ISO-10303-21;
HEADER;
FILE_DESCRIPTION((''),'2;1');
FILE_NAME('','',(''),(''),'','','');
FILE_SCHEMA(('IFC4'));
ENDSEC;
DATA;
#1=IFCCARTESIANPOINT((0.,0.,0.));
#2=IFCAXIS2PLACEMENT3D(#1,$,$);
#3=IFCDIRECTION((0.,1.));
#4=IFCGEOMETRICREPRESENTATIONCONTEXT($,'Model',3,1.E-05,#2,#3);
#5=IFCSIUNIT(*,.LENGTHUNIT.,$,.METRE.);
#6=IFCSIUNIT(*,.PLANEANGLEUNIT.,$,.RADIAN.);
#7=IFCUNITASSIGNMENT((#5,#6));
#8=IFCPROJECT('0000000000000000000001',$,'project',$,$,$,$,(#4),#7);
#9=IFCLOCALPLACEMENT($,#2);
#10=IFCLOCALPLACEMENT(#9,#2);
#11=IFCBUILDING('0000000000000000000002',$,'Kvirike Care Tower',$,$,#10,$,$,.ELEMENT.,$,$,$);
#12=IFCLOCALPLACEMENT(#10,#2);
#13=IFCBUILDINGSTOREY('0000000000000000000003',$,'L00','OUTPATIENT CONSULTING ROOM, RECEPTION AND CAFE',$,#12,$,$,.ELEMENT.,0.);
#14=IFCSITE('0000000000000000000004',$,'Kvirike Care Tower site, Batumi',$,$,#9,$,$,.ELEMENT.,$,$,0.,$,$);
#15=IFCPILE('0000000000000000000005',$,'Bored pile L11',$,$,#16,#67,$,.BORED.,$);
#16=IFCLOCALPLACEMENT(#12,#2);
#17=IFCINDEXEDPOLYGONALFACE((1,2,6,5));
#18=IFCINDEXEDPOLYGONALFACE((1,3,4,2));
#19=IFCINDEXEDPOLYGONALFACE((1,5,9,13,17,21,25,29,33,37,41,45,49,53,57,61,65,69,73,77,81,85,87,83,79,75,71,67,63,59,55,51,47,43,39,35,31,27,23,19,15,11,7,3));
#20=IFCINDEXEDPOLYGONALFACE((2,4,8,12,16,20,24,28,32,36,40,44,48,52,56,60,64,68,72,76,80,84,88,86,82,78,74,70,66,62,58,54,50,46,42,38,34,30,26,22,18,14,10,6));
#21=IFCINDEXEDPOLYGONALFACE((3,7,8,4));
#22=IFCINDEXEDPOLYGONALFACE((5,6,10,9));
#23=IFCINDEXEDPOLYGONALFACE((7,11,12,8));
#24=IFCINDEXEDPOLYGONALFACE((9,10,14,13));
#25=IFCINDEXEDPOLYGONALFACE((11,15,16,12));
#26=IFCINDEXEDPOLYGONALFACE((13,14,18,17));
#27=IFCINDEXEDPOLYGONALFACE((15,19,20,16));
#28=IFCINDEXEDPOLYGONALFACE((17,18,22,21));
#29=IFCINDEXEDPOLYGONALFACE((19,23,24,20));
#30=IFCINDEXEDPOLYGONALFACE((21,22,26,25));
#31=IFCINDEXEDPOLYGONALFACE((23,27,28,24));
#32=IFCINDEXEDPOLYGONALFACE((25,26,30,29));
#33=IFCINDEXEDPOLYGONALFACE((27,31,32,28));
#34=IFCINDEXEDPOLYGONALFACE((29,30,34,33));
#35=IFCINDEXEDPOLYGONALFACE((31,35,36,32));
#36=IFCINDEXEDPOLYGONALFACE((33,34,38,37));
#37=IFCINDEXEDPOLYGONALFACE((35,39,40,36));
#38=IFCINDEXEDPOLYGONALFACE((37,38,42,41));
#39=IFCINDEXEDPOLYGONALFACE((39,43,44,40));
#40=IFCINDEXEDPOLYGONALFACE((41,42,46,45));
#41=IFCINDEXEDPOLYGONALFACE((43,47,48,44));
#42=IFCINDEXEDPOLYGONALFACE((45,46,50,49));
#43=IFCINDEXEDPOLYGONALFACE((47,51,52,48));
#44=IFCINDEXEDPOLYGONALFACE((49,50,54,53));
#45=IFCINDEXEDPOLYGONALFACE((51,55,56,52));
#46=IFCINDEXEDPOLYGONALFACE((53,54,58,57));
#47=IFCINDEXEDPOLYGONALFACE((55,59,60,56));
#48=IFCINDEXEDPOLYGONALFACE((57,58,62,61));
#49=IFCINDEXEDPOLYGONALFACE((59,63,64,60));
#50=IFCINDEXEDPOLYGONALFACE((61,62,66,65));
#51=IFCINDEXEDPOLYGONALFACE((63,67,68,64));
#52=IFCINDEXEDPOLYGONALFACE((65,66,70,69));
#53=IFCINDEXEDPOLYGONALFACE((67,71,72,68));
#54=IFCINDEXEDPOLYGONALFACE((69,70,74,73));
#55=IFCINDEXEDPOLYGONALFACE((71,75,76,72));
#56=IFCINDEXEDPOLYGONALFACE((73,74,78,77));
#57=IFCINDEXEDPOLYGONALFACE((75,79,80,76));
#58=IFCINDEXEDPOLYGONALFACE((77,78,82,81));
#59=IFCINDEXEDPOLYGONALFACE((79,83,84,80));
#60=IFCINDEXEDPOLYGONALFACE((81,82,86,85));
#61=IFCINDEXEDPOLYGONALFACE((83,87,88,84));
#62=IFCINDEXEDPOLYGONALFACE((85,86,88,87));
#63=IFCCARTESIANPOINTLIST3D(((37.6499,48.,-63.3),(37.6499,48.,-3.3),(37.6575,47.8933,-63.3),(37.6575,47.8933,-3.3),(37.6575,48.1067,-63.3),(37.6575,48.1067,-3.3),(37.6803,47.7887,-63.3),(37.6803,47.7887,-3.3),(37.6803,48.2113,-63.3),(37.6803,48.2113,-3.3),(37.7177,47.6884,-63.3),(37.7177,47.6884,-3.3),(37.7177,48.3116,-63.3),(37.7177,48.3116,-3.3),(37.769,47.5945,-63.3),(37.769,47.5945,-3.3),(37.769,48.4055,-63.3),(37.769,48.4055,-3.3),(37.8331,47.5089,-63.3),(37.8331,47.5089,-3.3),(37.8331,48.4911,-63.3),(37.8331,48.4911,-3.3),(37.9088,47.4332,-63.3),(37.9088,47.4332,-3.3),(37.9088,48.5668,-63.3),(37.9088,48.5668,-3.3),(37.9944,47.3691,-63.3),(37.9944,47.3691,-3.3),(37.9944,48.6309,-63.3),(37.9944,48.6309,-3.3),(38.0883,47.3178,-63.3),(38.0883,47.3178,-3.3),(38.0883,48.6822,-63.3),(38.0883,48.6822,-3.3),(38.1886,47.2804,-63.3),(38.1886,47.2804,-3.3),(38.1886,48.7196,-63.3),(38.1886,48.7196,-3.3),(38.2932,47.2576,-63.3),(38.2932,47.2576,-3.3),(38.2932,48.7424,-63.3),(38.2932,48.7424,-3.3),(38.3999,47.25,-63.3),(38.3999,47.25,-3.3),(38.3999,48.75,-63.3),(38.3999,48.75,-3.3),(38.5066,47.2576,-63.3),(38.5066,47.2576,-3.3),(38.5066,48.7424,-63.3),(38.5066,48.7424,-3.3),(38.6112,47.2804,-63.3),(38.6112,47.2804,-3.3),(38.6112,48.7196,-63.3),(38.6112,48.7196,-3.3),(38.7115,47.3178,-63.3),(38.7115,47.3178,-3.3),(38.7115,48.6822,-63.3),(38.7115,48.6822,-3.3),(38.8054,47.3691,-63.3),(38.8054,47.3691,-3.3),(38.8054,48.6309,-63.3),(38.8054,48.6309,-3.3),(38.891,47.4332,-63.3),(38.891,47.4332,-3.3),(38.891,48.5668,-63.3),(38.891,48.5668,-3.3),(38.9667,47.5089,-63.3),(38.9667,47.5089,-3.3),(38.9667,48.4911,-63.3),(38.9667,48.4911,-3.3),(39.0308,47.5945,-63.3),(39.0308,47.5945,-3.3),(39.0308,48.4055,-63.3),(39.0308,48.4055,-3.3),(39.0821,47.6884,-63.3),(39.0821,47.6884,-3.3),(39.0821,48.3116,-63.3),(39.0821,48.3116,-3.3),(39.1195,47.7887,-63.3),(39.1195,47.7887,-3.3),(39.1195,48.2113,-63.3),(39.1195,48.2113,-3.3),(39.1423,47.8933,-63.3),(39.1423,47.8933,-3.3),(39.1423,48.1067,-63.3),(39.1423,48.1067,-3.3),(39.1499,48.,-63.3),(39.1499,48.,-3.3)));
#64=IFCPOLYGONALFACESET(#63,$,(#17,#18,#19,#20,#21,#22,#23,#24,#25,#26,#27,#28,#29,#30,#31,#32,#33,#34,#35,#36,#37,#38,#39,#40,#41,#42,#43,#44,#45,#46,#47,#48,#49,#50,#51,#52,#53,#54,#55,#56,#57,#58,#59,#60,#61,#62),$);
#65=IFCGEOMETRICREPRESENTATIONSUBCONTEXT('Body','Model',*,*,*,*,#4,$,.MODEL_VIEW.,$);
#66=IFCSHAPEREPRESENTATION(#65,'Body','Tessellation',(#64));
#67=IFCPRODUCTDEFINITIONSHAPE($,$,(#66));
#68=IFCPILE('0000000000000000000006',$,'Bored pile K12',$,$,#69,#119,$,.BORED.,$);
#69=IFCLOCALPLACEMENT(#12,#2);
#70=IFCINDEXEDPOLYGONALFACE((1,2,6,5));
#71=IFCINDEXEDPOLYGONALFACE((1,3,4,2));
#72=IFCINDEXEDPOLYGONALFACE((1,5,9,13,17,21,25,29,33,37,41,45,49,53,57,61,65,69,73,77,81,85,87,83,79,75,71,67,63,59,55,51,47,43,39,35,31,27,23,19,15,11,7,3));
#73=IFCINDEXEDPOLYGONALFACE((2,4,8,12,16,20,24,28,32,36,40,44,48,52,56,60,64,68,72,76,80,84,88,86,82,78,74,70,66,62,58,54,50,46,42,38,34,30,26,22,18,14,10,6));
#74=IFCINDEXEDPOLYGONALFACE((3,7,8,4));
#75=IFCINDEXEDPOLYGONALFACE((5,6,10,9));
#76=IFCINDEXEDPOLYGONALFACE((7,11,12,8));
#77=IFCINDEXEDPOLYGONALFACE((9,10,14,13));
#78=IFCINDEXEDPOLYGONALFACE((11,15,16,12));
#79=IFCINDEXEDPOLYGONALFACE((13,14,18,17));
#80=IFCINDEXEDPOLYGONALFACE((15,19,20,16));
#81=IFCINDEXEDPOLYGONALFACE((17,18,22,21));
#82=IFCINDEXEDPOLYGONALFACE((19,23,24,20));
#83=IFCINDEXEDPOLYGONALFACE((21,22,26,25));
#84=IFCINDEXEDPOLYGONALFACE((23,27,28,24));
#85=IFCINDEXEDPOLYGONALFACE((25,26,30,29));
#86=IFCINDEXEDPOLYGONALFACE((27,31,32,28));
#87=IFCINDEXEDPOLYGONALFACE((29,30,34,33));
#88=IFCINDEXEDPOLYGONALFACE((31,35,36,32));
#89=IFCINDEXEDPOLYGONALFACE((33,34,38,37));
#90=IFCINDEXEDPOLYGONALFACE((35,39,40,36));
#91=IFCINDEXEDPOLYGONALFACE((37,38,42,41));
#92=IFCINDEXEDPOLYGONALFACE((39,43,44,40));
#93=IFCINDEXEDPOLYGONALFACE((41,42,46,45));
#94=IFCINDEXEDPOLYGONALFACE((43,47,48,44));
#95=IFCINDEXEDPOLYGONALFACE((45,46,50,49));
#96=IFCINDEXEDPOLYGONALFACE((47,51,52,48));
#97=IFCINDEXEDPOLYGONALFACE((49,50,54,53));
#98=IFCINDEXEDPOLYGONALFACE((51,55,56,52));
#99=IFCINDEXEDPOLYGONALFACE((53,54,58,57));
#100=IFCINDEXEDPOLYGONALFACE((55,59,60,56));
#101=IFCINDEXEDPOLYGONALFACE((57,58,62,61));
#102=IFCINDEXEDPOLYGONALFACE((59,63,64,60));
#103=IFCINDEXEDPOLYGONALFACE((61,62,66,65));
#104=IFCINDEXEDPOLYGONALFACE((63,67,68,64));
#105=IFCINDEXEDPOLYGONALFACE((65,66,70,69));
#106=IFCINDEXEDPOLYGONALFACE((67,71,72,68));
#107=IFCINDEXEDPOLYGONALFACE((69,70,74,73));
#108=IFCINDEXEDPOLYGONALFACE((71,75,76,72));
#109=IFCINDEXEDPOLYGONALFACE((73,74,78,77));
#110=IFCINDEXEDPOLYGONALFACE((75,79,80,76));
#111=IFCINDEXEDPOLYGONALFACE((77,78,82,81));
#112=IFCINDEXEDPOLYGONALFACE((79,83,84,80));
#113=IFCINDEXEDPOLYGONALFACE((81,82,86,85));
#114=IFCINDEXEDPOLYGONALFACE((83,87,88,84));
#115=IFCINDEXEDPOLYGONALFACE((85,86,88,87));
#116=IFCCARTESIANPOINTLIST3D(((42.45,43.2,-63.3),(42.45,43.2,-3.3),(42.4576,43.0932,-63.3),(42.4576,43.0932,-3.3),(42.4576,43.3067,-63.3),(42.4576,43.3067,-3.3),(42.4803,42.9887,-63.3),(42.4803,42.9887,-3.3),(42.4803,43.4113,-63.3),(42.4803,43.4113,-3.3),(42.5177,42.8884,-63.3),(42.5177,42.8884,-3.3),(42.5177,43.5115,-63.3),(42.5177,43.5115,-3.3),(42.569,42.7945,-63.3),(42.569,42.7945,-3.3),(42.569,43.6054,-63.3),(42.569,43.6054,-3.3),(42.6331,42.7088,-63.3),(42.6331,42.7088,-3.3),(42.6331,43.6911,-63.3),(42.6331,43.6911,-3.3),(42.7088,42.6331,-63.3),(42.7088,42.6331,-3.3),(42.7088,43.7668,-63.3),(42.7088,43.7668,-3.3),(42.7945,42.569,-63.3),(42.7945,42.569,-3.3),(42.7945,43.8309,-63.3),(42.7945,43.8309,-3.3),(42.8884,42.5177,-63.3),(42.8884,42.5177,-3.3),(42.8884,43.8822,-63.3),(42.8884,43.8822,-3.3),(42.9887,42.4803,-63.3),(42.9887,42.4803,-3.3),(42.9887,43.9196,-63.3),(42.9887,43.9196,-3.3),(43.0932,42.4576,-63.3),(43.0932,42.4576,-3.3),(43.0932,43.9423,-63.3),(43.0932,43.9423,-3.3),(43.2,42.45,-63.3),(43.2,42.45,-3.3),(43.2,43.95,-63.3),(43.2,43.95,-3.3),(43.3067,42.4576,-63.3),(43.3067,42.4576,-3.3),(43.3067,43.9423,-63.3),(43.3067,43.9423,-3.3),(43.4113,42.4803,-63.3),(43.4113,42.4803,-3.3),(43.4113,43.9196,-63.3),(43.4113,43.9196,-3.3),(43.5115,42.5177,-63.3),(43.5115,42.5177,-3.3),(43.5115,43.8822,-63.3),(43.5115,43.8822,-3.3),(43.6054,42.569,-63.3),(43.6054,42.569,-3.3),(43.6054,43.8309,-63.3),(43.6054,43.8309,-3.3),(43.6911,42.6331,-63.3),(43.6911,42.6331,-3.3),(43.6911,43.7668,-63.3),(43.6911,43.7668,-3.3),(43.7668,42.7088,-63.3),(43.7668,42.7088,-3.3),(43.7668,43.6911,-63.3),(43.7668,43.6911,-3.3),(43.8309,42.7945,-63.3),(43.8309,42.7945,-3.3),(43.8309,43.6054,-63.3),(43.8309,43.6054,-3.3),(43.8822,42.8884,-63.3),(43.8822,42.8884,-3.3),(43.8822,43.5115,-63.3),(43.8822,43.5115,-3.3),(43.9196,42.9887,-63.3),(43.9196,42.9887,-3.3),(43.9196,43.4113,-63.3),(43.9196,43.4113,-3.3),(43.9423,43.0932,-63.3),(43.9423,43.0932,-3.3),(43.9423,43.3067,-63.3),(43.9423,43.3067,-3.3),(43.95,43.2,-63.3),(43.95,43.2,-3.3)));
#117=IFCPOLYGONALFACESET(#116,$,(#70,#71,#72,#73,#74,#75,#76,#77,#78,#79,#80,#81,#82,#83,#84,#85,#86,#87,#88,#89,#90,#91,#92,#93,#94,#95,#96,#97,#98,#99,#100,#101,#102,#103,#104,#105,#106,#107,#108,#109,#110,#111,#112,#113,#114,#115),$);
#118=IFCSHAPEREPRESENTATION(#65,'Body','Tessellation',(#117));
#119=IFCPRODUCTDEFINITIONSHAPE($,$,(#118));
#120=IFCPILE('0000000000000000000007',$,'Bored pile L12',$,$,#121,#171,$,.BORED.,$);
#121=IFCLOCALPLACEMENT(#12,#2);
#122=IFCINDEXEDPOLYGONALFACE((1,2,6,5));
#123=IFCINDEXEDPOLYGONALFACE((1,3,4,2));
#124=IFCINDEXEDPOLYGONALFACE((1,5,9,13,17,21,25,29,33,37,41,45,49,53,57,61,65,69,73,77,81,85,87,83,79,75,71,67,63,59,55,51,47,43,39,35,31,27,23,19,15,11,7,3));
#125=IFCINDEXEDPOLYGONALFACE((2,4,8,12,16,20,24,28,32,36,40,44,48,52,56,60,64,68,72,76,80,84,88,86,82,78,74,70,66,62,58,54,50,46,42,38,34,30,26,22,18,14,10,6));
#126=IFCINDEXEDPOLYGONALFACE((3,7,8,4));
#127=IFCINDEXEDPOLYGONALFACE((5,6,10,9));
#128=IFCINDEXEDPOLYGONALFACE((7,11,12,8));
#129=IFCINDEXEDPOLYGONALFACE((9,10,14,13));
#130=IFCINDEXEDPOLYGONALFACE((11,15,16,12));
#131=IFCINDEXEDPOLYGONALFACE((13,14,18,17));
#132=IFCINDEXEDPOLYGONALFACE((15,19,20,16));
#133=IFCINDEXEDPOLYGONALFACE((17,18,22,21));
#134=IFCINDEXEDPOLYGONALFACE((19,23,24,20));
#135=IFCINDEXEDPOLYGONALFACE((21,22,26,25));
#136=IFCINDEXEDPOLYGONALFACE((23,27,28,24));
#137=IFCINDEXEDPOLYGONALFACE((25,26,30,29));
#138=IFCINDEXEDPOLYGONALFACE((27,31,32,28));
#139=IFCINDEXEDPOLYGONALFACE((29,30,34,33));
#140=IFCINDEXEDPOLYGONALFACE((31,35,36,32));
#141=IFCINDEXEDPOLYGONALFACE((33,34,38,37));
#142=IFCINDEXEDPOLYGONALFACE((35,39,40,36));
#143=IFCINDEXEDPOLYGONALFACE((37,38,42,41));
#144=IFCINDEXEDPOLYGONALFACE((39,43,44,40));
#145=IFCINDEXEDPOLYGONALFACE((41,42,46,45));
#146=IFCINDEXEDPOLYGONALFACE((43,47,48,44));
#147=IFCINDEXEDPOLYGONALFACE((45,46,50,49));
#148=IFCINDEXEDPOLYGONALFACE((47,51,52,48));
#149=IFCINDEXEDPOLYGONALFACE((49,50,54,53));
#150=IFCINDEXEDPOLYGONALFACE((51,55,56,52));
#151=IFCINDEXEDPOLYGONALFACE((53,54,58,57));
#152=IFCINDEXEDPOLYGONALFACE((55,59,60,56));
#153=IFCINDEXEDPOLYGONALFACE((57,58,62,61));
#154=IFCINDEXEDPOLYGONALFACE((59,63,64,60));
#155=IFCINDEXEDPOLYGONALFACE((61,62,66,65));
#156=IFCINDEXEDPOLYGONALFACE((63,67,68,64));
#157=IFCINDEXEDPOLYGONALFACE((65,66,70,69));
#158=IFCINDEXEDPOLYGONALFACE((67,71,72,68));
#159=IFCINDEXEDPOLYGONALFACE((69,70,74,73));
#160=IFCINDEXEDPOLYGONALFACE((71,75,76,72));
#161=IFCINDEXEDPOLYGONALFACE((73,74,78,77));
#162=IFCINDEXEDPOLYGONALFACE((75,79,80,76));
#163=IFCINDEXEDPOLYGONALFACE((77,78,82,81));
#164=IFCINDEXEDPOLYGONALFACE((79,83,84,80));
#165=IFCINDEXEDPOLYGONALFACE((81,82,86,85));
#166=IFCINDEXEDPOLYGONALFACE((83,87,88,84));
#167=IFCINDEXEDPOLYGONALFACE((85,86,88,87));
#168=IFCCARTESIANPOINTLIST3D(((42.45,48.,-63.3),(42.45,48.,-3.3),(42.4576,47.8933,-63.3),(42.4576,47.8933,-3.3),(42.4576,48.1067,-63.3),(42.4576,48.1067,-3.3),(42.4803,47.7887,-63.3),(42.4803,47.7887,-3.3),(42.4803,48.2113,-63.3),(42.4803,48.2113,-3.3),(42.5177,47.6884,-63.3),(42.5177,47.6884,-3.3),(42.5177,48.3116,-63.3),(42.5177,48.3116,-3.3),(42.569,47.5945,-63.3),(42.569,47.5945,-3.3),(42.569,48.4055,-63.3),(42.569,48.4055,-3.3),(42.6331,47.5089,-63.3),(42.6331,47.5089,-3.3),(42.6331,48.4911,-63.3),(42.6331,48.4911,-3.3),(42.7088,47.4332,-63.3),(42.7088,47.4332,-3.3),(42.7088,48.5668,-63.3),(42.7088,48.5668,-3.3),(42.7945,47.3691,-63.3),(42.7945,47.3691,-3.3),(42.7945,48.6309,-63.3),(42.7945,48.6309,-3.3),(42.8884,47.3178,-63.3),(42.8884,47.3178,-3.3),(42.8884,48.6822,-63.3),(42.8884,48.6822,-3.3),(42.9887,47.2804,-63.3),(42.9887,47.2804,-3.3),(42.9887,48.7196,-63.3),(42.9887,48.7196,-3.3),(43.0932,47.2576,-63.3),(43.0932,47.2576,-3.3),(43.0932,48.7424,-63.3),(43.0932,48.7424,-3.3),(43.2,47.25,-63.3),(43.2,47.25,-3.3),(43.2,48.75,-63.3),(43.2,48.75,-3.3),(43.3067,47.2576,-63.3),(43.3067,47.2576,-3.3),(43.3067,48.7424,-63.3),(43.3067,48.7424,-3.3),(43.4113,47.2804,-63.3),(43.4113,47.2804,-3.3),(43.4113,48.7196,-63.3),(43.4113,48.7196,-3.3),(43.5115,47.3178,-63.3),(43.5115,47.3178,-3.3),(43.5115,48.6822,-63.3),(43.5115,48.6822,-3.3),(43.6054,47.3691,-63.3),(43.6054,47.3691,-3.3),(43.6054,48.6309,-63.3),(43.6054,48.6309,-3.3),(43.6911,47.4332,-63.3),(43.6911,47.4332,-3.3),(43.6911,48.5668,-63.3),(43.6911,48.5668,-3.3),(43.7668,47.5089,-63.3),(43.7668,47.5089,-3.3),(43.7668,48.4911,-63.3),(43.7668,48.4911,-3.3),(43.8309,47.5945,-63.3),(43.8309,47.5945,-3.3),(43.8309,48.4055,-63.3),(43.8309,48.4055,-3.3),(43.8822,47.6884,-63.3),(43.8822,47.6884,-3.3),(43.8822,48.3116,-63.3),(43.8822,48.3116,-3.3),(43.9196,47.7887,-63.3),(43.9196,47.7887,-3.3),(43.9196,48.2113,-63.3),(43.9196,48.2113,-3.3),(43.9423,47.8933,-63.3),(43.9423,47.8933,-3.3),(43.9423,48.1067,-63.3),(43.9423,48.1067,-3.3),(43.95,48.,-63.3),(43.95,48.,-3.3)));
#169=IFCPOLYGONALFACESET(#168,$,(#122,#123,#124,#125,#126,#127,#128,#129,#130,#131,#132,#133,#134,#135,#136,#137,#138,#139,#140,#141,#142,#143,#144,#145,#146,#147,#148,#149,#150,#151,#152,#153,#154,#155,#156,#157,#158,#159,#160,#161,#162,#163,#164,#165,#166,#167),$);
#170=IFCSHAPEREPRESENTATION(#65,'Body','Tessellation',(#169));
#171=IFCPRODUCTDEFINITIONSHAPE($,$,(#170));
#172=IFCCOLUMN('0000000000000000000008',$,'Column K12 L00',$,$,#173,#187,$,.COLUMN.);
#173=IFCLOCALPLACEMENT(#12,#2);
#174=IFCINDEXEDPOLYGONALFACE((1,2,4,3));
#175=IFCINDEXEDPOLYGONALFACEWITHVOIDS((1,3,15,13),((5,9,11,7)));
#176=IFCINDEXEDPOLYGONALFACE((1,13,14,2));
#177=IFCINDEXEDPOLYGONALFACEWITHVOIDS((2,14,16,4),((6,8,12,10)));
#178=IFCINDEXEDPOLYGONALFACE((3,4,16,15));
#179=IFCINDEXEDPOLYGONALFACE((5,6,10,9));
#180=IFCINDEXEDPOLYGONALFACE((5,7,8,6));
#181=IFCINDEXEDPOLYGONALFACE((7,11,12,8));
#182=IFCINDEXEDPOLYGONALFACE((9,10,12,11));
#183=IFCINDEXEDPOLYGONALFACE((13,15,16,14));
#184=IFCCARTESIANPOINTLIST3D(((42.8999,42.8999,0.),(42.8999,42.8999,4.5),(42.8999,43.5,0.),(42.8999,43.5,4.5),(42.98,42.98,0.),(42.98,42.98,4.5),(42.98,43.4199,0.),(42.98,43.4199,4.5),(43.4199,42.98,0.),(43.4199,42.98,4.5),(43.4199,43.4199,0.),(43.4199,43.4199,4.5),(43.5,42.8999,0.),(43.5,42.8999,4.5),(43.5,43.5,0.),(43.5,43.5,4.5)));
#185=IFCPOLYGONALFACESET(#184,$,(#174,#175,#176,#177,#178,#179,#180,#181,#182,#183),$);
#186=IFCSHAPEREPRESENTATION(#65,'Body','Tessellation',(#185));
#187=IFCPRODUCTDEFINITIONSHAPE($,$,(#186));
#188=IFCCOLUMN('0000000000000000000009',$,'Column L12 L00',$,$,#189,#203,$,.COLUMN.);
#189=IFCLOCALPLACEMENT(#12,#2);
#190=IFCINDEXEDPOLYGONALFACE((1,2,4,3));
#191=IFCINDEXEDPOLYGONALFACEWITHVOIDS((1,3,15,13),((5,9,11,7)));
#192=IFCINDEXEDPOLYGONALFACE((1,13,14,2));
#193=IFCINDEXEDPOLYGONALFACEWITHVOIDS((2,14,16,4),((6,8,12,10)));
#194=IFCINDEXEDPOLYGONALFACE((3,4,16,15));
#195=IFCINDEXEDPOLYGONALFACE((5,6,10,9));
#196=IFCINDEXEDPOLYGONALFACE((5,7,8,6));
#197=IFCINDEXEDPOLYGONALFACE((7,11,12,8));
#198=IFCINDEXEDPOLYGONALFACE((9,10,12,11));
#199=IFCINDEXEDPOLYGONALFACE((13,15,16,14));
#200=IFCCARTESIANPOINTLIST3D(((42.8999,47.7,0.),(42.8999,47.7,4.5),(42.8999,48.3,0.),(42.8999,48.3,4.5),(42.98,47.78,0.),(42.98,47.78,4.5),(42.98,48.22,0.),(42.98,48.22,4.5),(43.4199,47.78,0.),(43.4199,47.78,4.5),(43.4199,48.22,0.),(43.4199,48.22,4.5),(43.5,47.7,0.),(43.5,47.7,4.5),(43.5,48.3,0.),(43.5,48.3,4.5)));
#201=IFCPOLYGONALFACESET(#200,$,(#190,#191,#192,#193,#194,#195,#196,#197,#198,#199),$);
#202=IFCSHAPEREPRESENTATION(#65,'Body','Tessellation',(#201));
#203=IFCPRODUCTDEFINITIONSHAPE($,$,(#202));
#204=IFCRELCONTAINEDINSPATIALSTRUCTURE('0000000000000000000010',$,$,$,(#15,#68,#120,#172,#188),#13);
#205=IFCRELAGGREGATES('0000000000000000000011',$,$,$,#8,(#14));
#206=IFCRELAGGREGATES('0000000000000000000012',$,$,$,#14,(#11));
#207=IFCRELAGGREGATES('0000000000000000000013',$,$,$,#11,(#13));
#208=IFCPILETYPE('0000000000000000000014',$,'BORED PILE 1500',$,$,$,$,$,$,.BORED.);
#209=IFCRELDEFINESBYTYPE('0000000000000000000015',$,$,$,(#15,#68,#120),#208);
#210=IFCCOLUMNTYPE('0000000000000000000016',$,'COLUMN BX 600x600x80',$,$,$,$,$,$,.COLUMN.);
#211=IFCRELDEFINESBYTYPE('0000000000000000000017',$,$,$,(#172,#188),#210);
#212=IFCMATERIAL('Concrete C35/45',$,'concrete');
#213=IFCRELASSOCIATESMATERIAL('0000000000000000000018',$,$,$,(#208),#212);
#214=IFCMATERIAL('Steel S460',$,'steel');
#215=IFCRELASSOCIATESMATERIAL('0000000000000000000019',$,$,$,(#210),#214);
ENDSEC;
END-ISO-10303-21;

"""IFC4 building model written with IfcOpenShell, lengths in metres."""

from ifc_helpers import new_model, si_unit, direction, frame, origin, origin_2d, place, context, subcontext, project, spatial, hollow_rectangle, circle, extrude, material, material_profile, profile_set, type_object, element, save


model = new_model("IFC4")

# Units and contexts
model_context = context("Model", 3, precision=1e-05, world=origin(), true_north=direction((0.0, 1.0)))
body_context = subcontext(model_context, "Body", "Model", "MODEL_VIEW")
ifc_project = project(units=[si_unit("LENGTHUNIT", "METRE"), si_unit("PLANEANGLEUNIT", "RADIAN")], contexts=[model_context])

# Site, building, storey
site_placement = place(None, origin())
site = spatial("IfcSite", under=ifc_project, at=site_placement, Name="Kvirike Care Tower site, Batumi", CompositionType="ELEMENT", RefElevation=0.0)
building_placement = place(site_placement, origin())
building = spatial("IfcBuilding", under=site, at=building_placement, Name="Kvirike Care Tower", CompositionType="ELEMENT")
storey_placement = place(building_placement, origin())
storey = spatial("IfcBuildingStorey", under=building, at=storey_placement, Name="L00", Description="OUTPATIENT CONSULTING ROOM, RECEPTION AND CAFE", CompositionType="ELEMENT", Elevation=0.0)

# Piles
ifc_material_1 = material(Name="Concrete C35/45", Category="concrete")
ifc_material_profile_1 = material_profile(ifc_material_1, circle(Radius=0.75, at=origin_2d()), Name="BORED PILE 1500")
ifc_profile_set_1 = profile_set([ifc_material_profile_1], Name="Concrete C35/45")
pile_type = type_object("IfcPileType", Name="BORED PILE 1500", PredefinedType="BORED", material=ifc_profile_set_1)
for number, where, z_axis, x_axis, name in (
    (1, (38.3999, 48.0, -3.3), (0.0, 0.0, -1.0), (1.0, 0.0, 0.0), "Bored pile L11"),
    (2, (43.2, 43.2, -3.3), (0.0, 0.0, -1.0), (1.0, 0.0, 0.0), "Bored pile K12"),
    (3, (43.2, 48.0, -3.3), (0.0, 0.0, -1.0), (1.0, 0.0, 0.0), "Bored pile L12"),
):
    element("IfcPile", number, at=place(storey_placement, frame(where, z_axis=z_axis, x_axis=x_axis)), inside=storey, type_object=pile_type, Name=name, PredefinedType="BORED", context=body_context, shape_type="SweptSolid", body=[
        extrude(circle(Radius=0.75, at=origin_2d()), origin(), (0.0, 0.0, 1.0), 60.0),
    ])

# Columns
ifc_material_2 = material(Name="Steel S460", Category="steel")
ifc_material_profile_2 = material_profile(ifc_material_2, hollow_rectangle(XDim=0.6001, YDim=0.6001, WallThickness=0.0801, at=origin_2d()), Name="BX 600x600x80")
ifc_profile_set_2 = profile_set([ifc_material_profile_2], Name="Steel S460")
column_type_1 = type_object("IfcColumnType", Name="COLUMN BX 600x600x80", PredefinedType="COLUMN", material=ifc_profile_set_2)
for number, where, z_axis, x_axis, name in (
    (4, (43.2, 43.2, 0.0), (0.0, 0.0, 1.0), (0.0, 1.0, 0.0), "Column K12 L00"),
    (5, (43.2, 48.0, 0.0), (0.0, 0.0, 1.0), (1.0, 0.0, 0.0), "Column L12 L00"),
):
    element("IfcColumn", number, at=place(storey_placement, frame(where, z_axis=z_axis, x_axis=x_axis)), inside=storey, type_object=column_type_1, Name=name, PredefinedType="COLUMN", context=body_context, shape_type="SweptSolid", body=[
        extrude(hollow_rectangle(XDim=0.6001, YDim=0.6001, WallThickness=0.0801, at=origin_2d()), origin(), (0.0, 0.0, 1.0), 4.5),
    ])

save(model, "model.ifc")
